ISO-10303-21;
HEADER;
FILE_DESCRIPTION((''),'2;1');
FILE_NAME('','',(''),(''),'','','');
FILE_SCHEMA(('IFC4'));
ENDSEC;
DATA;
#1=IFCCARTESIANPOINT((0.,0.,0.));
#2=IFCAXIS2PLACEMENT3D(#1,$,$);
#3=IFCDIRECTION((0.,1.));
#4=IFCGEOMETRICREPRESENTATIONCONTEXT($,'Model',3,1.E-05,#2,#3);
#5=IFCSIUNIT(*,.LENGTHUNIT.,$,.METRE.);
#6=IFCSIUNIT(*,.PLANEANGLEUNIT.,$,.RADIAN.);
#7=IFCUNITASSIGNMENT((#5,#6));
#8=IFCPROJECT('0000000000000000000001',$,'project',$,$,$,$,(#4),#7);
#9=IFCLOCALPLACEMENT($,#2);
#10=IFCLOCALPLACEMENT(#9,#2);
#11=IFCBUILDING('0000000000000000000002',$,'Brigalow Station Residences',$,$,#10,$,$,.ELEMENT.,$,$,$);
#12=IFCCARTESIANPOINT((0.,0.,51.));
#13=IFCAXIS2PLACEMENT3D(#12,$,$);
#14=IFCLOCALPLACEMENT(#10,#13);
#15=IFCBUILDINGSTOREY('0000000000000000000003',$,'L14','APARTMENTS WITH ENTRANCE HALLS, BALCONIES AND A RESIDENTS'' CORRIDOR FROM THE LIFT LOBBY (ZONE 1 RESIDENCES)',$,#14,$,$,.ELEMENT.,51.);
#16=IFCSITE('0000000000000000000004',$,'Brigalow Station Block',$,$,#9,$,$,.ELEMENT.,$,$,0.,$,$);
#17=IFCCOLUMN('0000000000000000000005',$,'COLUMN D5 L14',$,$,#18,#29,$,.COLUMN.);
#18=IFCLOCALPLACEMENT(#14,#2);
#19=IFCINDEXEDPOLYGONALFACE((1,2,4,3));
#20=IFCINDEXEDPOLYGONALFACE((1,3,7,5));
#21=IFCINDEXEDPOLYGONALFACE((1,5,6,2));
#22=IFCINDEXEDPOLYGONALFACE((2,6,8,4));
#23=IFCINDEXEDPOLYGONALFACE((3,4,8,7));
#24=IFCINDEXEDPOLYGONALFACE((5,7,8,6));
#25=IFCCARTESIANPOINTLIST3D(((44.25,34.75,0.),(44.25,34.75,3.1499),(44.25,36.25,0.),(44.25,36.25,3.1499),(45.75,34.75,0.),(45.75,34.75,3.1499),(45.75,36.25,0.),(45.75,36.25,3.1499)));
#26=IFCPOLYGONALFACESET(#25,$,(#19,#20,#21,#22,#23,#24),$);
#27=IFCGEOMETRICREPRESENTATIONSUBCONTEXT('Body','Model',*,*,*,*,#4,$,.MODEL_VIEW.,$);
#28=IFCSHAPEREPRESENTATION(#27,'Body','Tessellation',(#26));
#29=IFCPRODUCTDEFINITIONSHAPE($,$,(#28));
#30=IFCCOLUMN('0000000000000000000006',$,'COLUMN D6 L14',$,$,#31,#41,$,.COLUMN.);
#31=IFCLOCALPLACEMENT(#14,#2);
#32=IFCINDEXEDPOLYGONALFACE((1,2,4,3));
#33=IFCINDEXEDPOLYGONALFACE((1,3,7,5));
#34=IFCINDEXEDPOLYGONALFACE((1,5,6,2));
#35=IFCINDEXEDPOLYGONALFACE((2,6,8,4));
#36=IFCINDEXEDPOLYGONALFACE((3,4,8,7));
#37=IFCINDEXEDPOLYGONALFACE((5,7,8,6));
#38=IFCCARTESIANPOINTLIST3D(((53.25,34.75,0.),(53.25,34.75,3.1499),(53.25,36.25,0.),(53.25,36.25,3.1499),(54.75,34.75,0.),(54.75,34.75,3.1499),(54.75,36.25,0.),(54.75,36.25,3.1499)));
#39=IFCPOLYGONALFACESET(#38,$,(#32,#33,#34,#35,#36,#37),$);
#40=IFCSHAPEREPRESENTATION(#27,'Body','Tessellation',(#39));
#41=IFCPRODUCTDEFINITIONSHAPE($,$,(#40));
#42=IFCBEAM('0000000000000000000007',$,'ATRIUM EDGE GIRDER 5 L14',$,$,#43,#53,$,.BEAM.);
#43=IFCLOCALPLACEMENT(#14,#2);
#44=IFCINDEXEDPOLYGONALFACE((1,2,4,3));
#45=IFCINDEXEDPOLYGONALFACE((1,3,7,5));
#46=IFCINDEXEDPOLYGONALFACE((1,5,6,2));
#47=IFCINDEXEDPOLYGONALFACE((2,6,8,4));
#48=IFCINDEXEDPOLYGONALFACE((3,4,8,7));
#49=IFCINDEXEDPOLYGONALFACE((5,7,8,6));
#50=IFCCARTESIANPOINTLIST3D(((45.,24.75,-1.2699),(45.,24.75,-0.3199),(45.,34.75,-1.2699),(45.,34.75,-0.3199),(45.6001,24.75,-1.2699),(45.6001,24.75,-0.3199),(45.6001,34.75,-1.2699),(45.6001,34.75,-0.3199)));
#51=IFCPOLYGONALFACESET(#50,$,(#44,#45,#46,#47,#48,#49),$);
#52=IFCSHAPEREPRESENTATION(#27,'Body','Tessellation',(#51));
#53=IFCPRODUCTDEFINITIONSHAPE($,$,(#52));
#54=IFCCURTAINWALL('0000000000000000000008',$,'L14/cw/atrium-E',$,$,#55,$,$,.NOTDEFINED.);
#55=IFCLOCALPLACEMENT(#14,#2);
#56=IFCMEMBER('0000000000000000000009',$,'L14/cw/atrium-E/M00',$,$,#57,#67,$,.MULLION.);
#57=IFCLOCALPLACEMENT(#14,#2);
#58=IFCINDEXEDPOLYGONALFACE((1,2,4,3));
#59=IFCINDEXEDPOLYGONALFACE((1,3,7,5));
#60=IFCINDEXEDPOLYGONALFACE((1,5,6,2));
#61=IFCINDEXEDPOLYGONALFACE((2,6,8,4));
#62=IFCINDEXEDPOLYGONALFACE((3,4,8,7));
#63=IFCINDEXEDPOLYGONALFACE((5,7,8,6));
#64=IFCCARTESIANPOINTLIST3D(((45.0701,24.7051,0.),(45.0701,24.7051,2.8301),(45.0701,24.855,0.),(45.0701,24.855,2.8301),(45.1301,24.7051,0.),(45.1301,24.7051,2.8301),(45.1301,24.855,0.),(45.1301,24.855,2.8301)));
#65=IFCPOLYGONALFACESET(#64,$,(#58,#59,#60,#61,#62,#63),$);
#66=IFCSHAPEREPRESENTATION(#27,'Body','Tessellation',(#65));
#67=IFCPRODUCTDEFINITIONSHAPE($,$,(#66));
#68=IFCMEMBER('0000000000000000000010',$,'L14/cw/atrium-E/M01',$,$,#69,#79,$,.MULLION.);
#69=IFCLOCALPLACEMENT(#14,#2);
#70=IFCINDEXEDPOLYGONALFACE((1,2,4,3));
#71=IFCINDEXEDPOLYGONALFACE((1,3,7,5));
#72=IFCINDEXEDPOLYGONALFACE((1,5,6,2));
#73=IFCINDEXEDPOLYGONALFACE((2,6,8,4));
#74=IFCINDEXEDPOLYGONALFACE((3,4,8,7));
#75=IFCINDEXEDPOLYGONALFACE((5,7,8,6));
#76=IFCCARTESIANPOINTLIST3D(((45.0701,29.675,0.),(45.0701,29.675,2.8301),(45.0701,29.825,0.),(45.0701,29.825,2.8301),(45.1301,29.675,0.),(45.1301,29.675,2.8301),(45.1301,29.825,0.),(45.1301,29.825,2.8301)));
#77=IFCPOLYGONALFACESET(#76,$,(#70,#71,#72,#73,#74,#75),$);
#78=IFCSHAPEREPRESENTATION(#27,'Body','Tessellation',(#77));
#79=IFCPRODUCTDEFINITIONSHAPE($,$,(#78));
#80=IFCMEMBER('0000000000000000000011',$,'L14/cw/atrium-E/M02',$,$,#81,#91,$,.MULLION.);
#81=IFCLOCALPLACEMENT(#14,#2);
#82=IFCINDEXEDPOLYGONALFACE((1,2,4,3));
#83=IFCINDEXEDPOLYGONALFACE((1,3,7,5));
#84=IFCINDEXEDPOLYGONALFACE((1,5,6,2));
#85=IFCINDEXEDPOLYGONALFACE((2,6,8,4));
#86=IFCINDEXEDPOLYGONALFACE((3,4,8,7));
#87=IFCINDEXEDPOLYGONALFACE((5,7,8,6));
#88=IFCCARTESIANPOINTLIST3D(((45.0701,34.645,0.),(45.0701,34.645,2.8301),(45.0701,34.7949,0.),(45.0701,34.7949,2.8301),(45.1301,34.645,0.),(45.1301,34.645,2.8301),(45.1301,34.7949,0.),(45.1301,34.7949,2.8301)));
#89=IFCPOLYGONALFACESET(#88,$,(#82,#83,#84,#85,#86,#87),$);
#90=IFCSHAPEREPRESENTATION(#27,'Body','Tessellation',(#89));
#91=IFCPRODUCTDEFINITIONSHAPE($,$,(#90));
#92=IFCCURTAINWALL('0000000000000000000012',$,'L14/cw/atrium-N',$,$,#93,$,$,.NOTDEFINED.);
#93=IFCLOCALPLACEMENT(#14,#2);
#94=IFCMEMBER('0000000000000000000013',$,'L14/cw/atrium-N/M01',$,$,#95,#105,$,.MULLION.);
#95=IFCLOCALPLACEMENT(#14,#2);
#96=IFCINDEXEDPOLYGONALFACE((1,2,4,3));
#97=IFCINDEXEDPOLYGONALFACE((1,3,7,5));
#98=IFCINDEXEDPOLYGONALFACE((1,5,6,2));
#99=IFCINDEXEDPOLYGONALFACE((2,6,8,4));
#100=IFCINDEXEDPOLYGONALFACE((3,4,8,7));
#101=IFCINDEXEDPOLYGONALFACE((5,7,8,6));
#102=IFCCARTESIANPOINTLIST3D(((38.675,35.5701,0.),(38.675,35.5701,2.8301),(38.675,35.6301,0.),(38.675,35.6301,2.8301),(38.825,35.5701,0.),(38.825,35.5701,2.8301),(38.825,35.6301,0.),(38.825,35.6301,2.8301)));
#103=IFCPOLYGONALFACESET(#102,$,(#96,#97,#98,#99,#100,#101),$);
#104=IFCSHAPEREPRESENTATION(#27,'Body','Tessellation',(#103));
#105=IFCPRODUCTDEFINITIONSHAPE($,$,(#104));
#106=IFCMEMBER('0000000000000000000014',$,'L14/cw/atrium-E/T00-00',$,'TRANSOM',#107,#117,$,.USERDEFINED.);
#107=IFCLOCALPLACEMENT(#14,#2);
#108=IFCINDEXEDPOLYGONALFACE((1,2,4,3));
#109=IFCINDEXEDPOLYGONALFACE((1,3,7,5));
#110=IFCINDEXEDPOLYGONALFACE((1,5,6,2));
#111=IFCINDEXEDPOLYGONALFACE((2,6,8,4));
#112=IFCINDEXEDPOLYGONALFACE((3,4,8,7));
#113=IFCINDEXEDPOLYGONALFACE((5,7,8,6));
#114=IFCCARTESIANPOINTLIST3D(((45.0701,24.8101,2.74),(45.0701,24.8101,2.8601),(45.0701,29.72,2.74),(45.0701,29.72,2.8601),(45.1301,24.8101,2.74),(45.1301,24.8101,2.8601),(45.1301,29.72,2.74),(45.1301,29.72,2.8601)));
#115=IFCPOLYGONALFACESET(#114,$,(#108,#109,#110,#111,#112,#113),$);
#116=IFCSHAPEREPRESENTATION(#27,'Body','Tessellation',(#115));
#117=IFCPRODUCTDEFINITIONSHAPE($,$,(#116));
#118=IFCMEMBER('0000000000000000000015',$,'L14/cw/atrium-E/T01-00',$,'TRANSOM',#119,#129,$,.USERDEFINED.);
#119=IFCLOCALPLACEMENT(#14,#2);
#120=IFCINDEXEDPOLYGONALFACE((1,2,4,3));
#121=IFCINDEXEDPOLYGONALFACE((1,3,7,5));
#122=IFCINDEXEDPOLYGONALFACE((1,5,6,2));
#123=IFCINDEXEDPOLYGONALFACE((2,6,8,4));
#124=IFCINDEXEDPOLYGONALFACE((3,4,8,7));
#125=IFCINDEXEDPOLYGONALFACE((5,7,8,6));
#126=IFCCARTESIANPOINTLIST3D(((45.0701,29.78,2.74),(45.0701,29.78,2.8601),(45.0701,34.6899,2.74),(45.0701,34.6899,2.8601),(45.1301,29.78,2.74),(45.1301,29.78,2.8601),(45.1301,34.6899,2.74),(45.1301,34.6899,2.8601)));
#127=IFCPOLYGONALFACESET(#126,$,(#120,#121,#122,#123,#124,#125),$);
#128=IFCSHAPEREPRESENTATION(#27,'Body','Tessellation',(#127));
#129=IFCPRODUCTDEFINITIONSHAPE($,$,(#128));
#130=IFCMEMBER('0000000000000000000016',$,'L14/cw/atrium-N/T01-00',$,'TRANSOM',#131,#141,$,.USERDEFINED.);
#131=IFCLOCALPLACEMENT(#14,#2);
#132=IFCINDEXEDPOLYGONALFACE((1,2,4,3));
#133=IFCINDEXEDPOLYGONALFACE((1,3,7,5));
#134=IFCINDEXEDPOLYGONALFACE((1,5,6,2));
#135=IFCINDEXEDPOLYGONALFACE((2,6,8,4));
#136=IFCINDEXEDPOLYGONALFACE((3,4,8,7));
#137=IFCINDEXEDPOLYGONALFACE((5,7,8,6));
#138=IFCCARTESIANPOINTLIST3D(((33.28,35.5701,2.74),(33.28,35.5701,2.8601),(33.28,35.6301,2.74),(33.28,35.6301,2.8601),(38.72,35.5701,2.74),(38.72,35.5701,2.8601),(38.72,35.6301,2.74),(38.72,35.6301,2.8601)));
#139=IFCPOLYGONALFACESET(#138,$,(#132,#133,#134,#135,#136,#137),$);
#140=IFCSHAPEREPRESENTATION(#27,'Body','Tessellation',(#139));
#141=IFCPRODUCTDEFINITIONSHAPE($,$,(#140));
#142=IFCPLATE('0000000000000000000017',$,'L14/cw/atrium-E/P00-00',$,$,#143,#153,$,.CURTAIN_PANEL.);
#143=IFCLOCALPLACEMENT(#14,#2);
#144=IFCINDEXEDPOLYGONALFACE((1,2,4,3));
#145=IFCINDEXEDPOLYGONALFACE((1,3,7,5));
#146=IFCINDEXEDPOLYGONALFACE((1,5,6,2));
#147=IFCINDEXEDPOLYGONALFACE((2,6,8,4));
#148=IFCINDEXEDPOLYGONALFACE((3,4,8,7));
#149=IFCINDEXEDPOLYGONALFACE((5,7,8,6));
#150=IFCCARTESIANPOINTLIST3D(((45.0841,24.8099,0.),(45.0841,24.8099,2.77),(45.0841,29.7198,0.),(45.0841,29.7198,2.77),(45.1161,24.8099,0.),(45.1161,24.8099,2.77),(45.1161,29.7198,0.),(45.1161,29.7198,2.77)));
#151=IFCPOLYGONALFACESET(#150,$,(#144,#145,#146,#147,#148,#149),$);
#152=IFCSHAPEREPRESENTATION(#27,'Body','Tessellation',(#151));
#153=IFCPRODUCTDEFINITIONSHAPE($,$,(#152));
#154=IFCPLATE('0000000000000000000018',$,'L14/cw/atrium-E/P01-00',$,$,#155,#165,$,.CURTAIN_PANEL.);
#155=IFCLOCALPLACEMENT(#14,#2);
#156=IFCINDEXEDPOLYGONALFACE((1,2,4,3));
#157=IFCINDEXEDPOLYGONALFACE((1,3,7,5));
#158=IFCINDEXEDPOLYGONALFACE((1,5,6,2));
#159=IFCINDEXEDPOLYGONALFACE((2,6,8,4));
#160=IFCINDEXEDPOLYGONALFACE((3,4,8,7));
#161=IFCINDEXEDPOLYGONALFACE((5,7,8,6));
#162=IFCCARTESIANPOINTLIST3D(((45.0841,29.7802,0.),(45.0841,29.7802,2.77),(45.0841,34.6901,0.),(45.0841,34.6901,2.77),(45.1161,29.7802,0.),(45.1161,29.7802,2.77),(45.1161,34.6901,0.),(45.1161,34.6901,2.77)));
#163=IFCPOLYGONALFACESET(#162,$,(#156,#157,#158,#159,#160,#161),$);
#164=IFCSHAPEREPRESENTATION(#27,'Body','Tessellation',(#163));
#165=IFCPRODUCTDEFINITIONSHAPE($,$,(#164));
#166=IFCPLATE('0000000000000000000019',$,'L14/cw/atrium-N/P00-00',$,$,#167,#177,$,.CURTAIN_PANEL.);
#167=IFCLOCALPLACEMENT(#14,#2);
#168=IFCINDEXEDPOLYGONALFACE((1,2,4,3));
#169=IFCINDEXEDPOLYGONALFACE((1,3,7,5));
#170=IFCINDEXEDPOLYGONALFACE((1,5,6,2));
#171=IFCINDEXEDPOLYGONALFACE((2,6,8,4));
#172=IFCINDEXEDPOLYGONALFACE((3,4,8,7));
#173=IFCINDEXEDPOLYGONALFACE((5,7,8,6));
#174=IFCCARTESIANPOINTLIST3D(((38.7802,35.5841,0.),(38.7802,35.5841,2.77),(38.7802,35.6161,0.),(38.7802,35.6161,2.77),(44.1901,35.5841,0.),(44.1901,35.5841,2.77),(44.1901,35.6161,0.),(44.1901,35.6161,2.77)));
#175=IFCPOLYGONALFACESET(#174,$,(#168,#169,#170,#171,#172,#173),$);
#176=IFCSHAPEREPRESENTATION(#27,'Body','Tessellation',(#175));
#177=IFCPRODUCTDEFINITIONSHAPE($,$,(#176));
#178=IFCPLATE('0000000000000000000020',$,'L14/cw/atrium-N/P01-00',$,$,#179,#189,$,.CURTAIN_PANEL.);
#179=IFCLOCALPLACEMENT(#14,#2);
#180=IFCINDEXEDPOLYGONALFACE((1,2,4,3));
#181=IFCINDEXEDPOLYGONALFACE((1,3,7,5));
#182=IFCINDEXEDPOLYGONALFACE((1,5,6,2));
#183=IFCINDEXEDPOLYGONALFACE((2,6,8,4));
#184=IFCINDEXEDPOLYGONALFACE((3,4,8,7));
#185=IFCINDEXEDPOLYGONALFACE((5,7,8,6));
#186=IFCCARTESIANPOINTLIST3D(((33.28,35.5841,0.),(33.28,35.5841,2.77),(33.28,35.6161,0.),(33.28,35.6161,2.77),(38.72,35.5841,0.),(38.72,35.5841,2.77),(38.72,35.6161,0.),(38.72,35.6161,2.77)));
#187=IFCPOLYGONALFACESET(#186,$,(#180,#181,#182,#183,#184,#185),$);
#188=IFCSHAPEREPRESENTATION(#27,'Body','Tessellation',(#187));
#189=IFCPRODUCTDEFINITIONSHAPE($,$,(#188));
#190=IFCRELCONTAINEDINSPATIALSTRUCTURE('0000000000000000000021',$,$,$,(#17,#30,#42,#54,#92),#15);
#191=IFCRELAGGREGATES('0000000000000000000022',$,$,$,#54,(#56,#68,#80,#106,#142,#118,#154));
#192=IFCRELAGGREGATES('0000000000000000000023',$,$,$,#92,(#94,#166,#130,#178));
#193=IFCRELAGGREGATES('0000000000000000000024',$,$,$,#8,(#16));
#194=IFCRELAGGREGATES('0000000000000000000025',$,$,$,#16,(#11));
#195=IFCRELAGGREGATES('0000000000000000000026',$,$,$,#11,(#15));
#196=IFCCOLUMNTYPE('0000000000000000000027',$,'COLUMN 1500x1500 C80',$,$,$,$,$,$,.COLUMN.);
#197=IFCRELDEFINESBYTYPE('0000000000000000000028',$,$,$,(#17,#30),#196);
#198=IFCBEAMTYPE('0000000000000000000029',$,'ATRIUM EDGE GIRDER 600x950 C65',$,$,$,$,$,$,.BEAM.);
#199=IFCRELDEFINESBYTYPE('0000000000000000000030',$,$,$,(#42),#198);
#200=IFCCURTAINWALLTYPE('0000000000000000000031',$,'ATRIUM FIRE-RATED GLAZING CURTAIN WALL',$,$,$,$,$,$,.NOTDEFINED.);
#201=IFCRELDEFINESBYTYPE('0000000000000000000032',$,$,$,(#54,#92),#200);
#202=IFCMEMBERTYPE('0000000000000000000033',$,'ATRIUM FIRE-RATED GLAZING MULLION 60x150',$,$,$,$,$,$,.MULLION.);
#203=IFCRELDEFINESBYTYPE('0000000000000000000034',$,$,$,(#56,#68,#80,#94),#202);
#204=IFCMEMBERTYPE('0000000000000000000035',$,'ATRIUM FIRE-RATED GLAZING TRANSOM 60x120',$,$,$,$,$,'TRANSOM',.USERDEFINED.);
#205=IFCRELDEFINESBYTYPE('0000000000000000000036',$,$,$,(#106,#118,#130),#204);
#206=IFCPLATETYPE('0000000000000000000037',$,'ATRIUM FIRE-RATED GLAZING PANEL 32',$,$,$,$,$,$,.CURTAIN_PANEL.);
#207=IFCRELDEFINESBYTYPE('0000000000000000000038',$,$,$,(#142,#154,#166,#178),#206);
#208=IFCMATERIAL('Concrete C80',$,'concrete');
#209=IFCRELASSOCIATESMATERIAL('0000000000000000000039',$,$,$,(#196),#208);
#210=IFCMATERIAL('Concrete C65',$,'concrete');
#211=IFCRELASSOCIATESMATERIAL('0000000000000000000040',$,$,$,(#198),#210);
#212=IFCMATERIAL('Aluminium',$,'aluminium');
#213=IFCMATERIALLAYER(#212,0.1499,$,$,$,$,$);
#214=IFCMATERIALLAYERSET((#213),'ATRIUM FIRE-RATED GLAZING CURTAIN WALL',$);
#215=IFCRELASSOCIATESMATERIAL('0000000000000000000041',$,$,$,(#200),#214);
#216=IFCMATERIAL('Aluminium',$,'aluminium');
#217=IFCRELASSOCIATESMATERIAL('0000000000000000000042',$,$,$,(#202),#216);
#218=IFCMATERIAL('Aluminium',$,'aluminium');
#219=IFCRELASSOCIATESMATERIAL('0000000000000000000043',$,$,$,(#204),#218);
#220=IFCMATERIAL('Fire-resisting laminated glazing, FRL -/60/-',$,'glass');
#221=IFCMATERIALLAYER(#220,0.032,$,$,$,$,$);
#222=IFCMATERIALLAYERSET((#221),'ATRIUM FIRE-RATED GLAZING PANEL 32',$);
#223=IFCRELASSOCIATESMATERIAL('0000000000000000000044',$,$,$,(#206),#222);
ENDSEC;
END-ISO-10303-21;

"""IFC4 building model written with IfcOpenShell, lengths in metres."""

from ifc_helpers import new_model, si_unit, direction, frame, origin, origin_2d, place, context, subcontext, project, spatial, rectangle, extrude, material, layer, layer_set, material_profile, profile_set, type_object, element, aggregate, save


model = new_model("IFC4")

# Units and contexts
model_context = context("Model", 3, precision=1e-05, world=origin(), true_north=direction((0.0, 1.0)))
body_context = subcontext(model_context, "Body", "Model", "MODEL_VIEW")
ifc_project = project(units=[si_unit("LENGTHUNIT", "METRE"), si_unit("PLANEANGLEUNIT", "RADIAN")], contexts=[model_context])

# Site, building, storey
site_placement = place(None, origin())
site = spatial("IfcSite", under=ifc_project, at=site_placement, Name="Brigalow Station Block", CompositionType="ELEMENT", RefElevation=0.0)
building_placement = place(site_placement, origin())
building = spatial("IfcBuilding", under=site, at=building_placement, Name="Brigalow Station Residences", CompositionType="ELEMENT")
storey_placement = place(building_placement, frame((0.0, 0.0, 51.0)))
storey = spatial("IfcBuildingStorey", under=building, at=storey_placement, Name="L14", Description="APARTMENTS WITH ENTRANCE HALLS, BALCONIES AND A RESIDENTS' CORRIDOR FROM THE LIFT LOBBY (ZONE 1 RESIDENCES)", CompositionType="ELEMENT", Elevation=51.0)

# Columns
ifc_material_1 = material(Name="Concrete C80", Category="concrete")
ifc_material_profile_1 = material_profile(ifc_material_1, rectangle(XDim=1.5, YDim=1.5, at=origin_2d()), Name="RC1500x1500")
ifc_profile_set_1 = profile_set([ifc_material_profile_1], Name="Concrete C80")
column_type = type_object("IfcColumnType", Name="COLUMN 1500x1500 C80", PredefinedType="COLUMN", material=ifc_profile_set_1)
for number, where, z_axis, x_axis, name in (
    (1, (45.0, 35.5, 0.0), (0.0, 0.0, 1.0), (1.0, 0.0, 0.0), "COLUMN D5 L14"),
    (2, (54.0, 35.5, 0.0), (0.0, 0.0, 1.0), (1.0, 0.0, 0.0), "COLUMN D6 L14"),
):
    element("IfcColumn", number, at=place(storey_placement, frame(where, z_axis=z_axis, x_axis=x_axis)), inside=storey, type_object=column_type, Name=name, PredefinedType="COLUMN", context=body_context, shape_type="SweptSolid", body=[
        extrude(rectangle(XDim=1.5, YDim=1.5, at=origin_2d()), origin(), (0.0, 0.0, 1.0), 3.1499),
    ])

# Beam
ifc_material_2 = material(Name="Concrete C65", Category="concrete")
ifc_material_profile_2 = material_profile(ifc_material_2, rectangle(XDim=0.6001, YDim=0.95, at=origin_2d()), Name="RC600x950")
ifc_profile_set_2 = profile_set([ifc_material_profile_2], Name="Concrete C65")
beam_type = type_object("IfcBeamType", Name="ATRIUM EDGE GIRDER 600x950 C65", PredefinedType="BEAM", material=ifc_profile_set_2)
beam_placement = place(storey_placement, frame((45.3, 24.75, -0.7949), z_axis=(0.0, 1.0, 0.0), x_axis=(-1.0, 0.0, 0.0)))
element("IfcBeam", 3, at=beam_placement, inside=storey, type_object=beam_type, Name="ATRIUM EDGE GIRDER 5 L14", PredefinedType="BEAM", context=body_context, shape_type="SweptSolid", body=[
    extrude(rectangle(XDim=0.6001, YDim=0.95, at=origin_2d()), origin(), (0.0, 0.0, 1.0), 10.0),
])

# Curtain wall, members
ifc_material_3 = material(Name="Aluminium", Category="aluminium")
ifc_layer_1 = layer(ifc_material_3, 0.1499)
ifc_layer_set_1 = layer_set([ifc_layer_1], Name="ATRIUM FIRE-RATED GLAZING CURTAIN WALL")
curtain_wall_type = type_object("IfcCurtainWallType", Name="ATRIUM FIRE-RATED GLAZING CURTAIN WALL", PredefinedType="NOTDEFINED", material=ifc_layer_set_1)
curtain_wall_1_placement = place(storey_placement, origin())
curtain_wall_1 = element("IfcCurtainWall", 4, at=curtain_wall_1_placement, inside=storey, type_object=curtain_wall_type, Name="L14/cw/atrium-E", PredefinedType="NOTDEFINED")
ifc_material_4 = material(Name="Aluminium", Category="aluminium")
ifc_material_profile_3 = material_profile(ifc_material_4, rectangle(XDim=0.0601, YDim=0.1499, at=origin_2d()), Name="ATRIUM FIRE-RATED GLAZING MULLION 60x150")
ifc_profile_set_3 = profile_set([ifc_material_profile_3], Name="Aluminium")
member_type_1 = type_object("IfcMemberType", Name="ATRIUM FIRE-RATED GLAZING MULLION 60x150", PredefinedType="MULLION", material=ifc_profile_set_3)
member_1_placement = place(storey_placement, frame((45.1001, 24.78, 0.0), z_axis=(0.0, 0.0, 1.0), x_axis=(-1.0, 0.0, 0.0)))
member_1 = element("IfcMember", 5, at=member_1_placement, type_object=member_type_1, Name="L14/cw/atrium-E/M00", PredefinedType="MULLION", context=body_context, shape_type="SweptSolid", body=[
    extrude(rectangle(XDim=0.0601, YDim=0.1499, at=origin_2d()), origin(), (0.0, 0.0, 1.0), 2.8301),
])
member_2_placement = place(storey_placement, frame((45.1001, 29.75, 0.0), z_axis=(0.0, 0.0, 1.0), x_axis=(-1.0, 0.0, 0.0)))
member_2 = element("IfcMember", 6, at=member_2_placement, type_object=member_type_1, Name="L14/cw/atrium-E/M01", PredefinedType="MULLION", context=body_context, shape_type="SweptSolid", body=[
    extrude(rectangle(XDim=0.0601, YDim=0.1499, at=origin_2d()), origin(), (0.0, 0.0, 1.0), 2.8301),
])
member_3_placement = place(storey_placement, frame((45.1001, 34.72, 0.0), z_axis=(0.0, 0.0, 1.0), x_axis=(-1.0, 0.0, 0.0)))
member_3 = element("IfcMember", 7, at=member_3_placement, type_object=member_type_1, Name="L14/cw/atrium-E/M02", PredefinedType="MULLION", context=body_context, shape_type="SweptSolid", body=[
    extrude(rectangle(XDim=0.0601, YDim=0.1499, at=origin_2d()), origin(), (0.0, 0.0, 1.0), 2.8301),
])

# Curtain wall, member
curtain_wall_2_placement = place(storey_placement, origin())
curtain_wall_2 = element("IfcCurtainWall", 8, at=curtain_wall_2_placement, inside=storey, type_object=curtain_wall_type, Name="L14/cw/atrium-N", PredefinedType="NOTDEFINED")
member_4_placement = place(storey_placement, frame((38.75, 35.6001, 0.0), z_axis=(0.0, 0.0, 1.0), x_axis=(0.0, -1.0, 0.0)))
member_4 = element("IfcMember", 9, at=member_4_placement, type_object=member_type_1, Name="L14/cw/atrium-N/M01", PredefinedType="MULLION", context=body_context, shape_type="SweptSolid", body=[
    extrude(rectangle(XDim=0.0601, YDim=0.1499, at=origin_2d()), origin(), (0.0, 0.0, 1.0), 2.8301),
])

# Members
ifc_material_5 = material(Name="Aluminium", Category="aluminium")
ifc_material_profile_4 = material_profile(ifc_material_5, rectangle(XDim=0.0601, YDim=0.1201, at=origin_2d()), Name="ATRIUM FIRE-RATED GLAZING TRANSOM 60x120")
ifc_profile_set_4 = profile_set([ifc_material_profile_4], Name="Aluminium")
member_type_2 = type_object("IfcMemberType", Name="ATRIUM FIRE-RATED GLAZING TRANSOM 60x120", ElementType="TRANSOM", PredefinedType="USERDEFINED", material=ifc_profile_set_4)
member_5_placement = place(storey_placement, frame((45.1001, 24.8101, 2.8), z_axis=(0.0, 1.0, 0.0), x_axis=(-1.0, 0.0, 0.0)))
member_5 = element("IfcMember", 10, at=member_5_placement, type_object=member_type_2, Name="L14/cw/atrium-E/T00-00", ObjectType="TRANSOM", PredefinedType="USERDEFINED", context=body_context, shape_type="SweptSolid", body=[
    extrude(rectangle(XDim=0.0601, YDim=0.1201, at=origin_2d()), origin(), (0.0, 0.0, 1.0), 4.9099),
])
member_6_placement = place(storey_placement, frame((45.1001, 29.78, 2.8), z_axis=(0.0, 1.0, 0.0), x_axis=(-1.0, 0.0, 0.0)))
member_6 = element("IfcMember", 11, at=member_6_placement, type_object=member_type_2, Name="L14/cw/atrium-E/T01-00", ObjectType="TRANSOM", PredefinedType="USERDEFINED", context=body_context, shape_type="SweptSolid", body=[
    extrude(rectangle(XDim=0.0601, YDim=0.1201, at=origin_2d()), origin(), (0.0, 0.0, 1.0), 4.9099),
])
member_7_placement = place(storey_placement, frame((38.72, 35.6001, 2.8), z_axis=(-1.0, 0.0, 0.0), x_axis=(0.0, -1.0, 0.0)))
member_7 = element("IfcMember", 12, at=member_7_placement, type_object=member_type_2, Name="L14/cw/atrium-N/T01-00", ObjectType="TRANSOM", PredefinedType="USERDEFINED", context=body_context, shape_type="SweptSolid", body=[
    extrude(rectangle(XDim=0.0601, YDim=0.1201, at=origin_2d()), origin(), (0.0, 0.0, 1.0), 5.4399),
])

# Plates
ifc_material_6 = material(Name="Fire-resisting laminated glazing, FRL -/60/-", Category="glass")
ifc_layer_2 = layer(ifc_material_6, 0.032)
ifc_layer_set_2 = layer_set([ifc_layer_2], Name="ATRIUM FIRE-RATED GLAZING PANEL 32")
plate_type = type_object("IfcPlateType", Name="ATRIUM FIRE-RATED GLAZING PANEL 32", PredefinedType="CURTAIN_PANEL", material=ifc_layer_set_2)
plate_1_placement = place(storey_placement, frame((45.1001, 27.2649, 0.0), z_axis=(0.0, 0.0, 1.0), x_axis=(0.0, 1.0, 0.0)))
plate_1 = element("IfcPlate", 13, at=plate_1_placement, type_object=plate_type, Name="L14/cw/atrium-E/P00-00", PredefinedType="CURTAIN_PANEL", context=body_context, shape_type="SweptSolid", body=[
    extrude(rectangle(XDim=4.9099, YDim=0.032, at=origin_2d()), origin(), (0.0, 0.0, 1.0), 2.77),
])
plate_2_placement = place(storey_placement, frame((45.1001, 32.2351, 0.0), z_axis=(0.0, 0.0, 1.0), x_axis=(0.0, 1.0, 0.0)))
plate_2 = element("IfcPlate", 14, at=plate_2_placement, type_object=plate_type, Name="L14/cw/atrium-E/P01-00", PredefinedType="CURTAIN_PANEL", context=body_context, shape_type="SweptSolid", body=[
    extrude(rectangle(XDim=4.9099, YDim=0.032, at=origin_2d()), origin(), (0.0, 0.0, 1.0), 2.77),
])
aggregate(curtain_wall_1, [member_1, member_2, member_3, member_5, plate_1, member_6, plate_2])
plate_3_placement = place(storey_placement, frame((41.4851, 35.6001, 0.0), z_axis=(0.0, 0.0, 1.0), x_axis=(-1.0, 0.0, 0.0)))
plate_3 = element("IfcPlate", 15, at=plate_3_placement, type_object=plate_type, Name="L14/cw/atrium-N/P00-00", PredefinedType="CURTAIN_PANEL", context=body_context, shape_type="SweptSolid", body=[
    extrude(rectangle(XDim=5.4099, YDim=0.032, at=origin_2d()), origin(), (0.0, 0.0, 1.0), 2.77),
])
plate_4_placement = place(storey_placement, frame((36.0, 35.6001, 0.0), z_axis=(0.0, 0.0, 1.0), x_axis=(-1.0, 0.0, 0.0)))
plate_4 = element("IfcPlate", 16, at=plate_4_placement, type_object=plate_type, Name="L14/cw/atrium-N/P01-00", PredefinedType="CURTAIN_PANEL", context=body_context, shape_type="SweptSolid", body=[
    extrude(rectangle(XDim=5.4399, YDim=0.032, at=origin_2d()), origin(), (0.0, 0.0, 1.0), 2.77),
])
aggregate(curtain_wall_2, [member_4, plate_3, member_7, plate_4])

save(model, "model.ifc")
